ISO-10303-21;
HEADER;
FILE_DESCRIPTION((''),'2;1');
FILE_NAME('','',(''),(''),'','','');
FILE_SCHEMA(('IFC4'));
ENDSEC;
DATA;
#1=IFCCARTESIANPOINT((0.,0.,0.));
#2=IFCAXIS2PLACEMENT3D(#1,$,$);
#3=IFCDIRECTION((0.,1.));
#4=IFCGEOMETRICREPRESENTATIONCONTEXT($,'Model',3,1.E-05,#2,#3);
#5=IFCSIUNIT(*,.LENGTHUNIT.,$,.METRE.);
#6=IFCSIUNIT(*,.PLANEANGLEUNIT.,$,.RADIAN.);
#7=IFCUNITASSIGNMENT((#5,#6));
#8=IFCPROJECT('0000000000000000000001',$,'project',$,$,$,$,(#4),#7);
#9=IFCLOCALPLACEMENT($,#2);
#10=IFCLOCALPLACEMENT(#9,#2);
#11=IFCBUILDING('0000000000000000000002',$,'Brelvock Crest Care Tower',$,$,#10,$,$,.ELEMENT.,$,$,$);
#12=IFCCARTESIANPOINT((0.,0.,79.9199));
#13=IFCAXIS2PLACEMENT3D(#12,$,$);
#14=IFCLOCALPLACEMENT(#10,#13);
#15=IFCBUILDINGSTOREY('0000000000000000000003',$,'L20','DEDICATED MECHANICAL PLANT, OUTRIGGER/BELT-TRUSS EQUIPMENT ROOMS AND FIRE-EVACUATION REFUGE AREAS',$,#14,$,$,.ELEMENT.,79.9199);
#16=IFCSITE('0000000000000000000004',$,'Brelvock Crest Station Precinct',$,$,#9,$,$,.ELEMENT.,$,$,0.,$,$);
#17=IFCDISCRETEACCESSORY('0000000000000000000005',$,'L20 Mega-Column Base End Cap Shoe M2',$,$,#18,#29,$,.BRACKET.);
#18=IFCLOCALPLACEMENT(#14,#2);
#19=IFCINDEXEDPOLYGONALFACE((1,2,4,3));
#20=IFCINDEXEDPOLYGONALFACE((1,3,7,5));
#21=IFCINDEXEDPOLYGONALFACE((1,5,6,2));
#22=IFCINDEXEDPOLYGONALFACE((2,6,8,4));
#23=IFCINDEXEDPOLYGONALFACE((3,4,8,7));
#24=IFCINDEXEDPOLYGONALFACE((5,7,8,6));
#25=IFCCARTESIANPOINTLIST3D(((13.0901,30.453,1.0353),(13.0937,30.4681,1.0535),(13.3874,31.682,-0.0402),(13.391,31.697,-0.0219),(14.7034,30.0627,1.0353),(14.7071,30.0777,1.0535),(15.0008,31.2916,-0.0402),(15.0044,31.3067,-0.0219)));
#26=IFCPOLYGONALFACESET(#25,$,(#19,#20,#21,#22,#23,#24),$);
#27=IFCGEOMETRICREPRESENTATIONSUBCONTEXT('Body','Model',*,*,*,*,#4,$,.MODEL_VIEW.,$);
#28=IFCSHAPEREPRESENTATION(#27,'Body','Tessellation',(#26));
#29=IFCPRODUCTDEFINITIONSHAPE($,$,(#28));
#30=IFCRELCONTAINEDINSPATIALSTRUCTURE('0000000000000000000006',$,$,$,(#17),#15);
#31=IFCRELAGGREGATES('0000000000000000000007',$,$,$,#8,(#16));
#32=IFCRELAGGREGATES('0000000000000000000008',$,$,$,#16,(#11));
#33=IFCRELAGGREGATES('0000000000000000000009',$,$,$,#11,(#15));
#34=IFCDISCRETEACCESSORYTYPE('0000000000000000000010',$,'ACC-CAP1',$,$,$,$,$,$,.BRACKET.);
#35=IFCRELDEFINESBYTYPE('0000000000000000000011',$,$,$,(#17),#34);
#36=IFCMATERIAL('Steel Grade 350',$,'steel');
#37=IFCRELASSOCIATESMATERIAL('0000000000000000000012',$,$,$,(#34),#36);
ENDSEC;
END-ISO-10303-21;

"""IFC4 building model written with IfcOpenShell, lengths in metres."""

from ifc_helpers import new_model, si_unit, direction, frame, origin, origin_2d, place, context, subcontext, project, spatial, rectangle, extrude, source, transform, mapped, material, material_profile, profile_set, type_object, element, save


model = new_model("IFC4")

# Units and contexts
model_context = context("Model", 3, precision=1e-05, world=origin(), true_north=direction((0.0, 1.0)))
body_context = subcontext(model_context, "Body", "Model", "MODEL_VIEW")
ifc_project = project(units=[si_unit("LENGTHUNIT", "METRE"), si_unit("PLANEANGLEUNIT", "RADIAN")], contexts=[model_context])

# Site, building, storey
site_placement = place(None, origin())
site = spatial("IfcSite", under=ifc_project, at=site_placement, Name="Brelvock Crest Station Precinct", CompositionType="ELEMENT", RefElevation=0.0)
building_placement = place(site_placement, origin())
building = spatial("IfcBuilding", under=site, at=building_placement, Name="Brelvock Crest Care Tower", CompositionType="ELEMENT")
storey_placement = place(building_placement, frame((0.0, 0.0, 79.9199)))
storey = spatial("IfcBuildingStorey", under=building, at=storey_placement, Name="L20", Description="DEDICATED MECHANICAL PLANT, OUTRIGGER/BELT-TRUSS EQUIPMENT ROOMS AND FIRE-EVACUATION REFUGE AREAS", CompositionType="ELEMENT", Elevation=79.9199)

# Shared definitions
ifc_material_1 = material(Name="Steel Grade 350", Category="steel")

# Discrete accessory
ifc_material_profile_1 = material_profile(ifc_material_1, rectangle(XDim=1.6599, YDim=1.6599, at=origin_2d()), Name="ACC-CAP1")
ifc_profile_set_1 = profile_set([ifc_material_profile_1], Name="Steel Grade 350")
discrete_accessory_type = type_object("IfcDiscreteAccessoryType", Name="ACC-CAP1", PredefinedType="BRACKET", material=ifc_profile_set_1)
shared_shape_1 = source(origin(), body_context, "Body", "SweptSolid", [
    extrude(rectangle(XDim=1.6599, YDim=1.6599, at=origin_2d()), origin(), (0.0, 0.0, 1.0), 0.0239),
])
discrete_accessory_placement = place(storey_placement, frame((14.0454, 30.8723, 0.4976), z_axis=(0.152349, 0.629709, 0.761745), x_axis=(-0.971959, 0.235151, 0.0)))
element("IfcDiscreteAccessory", 1, at=discrete_accessory_placement, inside=storey, type_object=discrete_accessory_type, Name="L20 Mega-Column Base End Cap Shoe M2", PredefinedType="BRACKET", context=body_context, shape_type="MappedRepresentation", body=[
    mapped(shared_shape_1, transform((0.0, 0.0, 0.0), x_axis=(1.0, 0.0, 0.0), y_axis=(0.0, 1.0, 0.0), z_axis=(0.0, 0.0, 1.0), scale=1.0)),
])

save(model, "model.ifc")
